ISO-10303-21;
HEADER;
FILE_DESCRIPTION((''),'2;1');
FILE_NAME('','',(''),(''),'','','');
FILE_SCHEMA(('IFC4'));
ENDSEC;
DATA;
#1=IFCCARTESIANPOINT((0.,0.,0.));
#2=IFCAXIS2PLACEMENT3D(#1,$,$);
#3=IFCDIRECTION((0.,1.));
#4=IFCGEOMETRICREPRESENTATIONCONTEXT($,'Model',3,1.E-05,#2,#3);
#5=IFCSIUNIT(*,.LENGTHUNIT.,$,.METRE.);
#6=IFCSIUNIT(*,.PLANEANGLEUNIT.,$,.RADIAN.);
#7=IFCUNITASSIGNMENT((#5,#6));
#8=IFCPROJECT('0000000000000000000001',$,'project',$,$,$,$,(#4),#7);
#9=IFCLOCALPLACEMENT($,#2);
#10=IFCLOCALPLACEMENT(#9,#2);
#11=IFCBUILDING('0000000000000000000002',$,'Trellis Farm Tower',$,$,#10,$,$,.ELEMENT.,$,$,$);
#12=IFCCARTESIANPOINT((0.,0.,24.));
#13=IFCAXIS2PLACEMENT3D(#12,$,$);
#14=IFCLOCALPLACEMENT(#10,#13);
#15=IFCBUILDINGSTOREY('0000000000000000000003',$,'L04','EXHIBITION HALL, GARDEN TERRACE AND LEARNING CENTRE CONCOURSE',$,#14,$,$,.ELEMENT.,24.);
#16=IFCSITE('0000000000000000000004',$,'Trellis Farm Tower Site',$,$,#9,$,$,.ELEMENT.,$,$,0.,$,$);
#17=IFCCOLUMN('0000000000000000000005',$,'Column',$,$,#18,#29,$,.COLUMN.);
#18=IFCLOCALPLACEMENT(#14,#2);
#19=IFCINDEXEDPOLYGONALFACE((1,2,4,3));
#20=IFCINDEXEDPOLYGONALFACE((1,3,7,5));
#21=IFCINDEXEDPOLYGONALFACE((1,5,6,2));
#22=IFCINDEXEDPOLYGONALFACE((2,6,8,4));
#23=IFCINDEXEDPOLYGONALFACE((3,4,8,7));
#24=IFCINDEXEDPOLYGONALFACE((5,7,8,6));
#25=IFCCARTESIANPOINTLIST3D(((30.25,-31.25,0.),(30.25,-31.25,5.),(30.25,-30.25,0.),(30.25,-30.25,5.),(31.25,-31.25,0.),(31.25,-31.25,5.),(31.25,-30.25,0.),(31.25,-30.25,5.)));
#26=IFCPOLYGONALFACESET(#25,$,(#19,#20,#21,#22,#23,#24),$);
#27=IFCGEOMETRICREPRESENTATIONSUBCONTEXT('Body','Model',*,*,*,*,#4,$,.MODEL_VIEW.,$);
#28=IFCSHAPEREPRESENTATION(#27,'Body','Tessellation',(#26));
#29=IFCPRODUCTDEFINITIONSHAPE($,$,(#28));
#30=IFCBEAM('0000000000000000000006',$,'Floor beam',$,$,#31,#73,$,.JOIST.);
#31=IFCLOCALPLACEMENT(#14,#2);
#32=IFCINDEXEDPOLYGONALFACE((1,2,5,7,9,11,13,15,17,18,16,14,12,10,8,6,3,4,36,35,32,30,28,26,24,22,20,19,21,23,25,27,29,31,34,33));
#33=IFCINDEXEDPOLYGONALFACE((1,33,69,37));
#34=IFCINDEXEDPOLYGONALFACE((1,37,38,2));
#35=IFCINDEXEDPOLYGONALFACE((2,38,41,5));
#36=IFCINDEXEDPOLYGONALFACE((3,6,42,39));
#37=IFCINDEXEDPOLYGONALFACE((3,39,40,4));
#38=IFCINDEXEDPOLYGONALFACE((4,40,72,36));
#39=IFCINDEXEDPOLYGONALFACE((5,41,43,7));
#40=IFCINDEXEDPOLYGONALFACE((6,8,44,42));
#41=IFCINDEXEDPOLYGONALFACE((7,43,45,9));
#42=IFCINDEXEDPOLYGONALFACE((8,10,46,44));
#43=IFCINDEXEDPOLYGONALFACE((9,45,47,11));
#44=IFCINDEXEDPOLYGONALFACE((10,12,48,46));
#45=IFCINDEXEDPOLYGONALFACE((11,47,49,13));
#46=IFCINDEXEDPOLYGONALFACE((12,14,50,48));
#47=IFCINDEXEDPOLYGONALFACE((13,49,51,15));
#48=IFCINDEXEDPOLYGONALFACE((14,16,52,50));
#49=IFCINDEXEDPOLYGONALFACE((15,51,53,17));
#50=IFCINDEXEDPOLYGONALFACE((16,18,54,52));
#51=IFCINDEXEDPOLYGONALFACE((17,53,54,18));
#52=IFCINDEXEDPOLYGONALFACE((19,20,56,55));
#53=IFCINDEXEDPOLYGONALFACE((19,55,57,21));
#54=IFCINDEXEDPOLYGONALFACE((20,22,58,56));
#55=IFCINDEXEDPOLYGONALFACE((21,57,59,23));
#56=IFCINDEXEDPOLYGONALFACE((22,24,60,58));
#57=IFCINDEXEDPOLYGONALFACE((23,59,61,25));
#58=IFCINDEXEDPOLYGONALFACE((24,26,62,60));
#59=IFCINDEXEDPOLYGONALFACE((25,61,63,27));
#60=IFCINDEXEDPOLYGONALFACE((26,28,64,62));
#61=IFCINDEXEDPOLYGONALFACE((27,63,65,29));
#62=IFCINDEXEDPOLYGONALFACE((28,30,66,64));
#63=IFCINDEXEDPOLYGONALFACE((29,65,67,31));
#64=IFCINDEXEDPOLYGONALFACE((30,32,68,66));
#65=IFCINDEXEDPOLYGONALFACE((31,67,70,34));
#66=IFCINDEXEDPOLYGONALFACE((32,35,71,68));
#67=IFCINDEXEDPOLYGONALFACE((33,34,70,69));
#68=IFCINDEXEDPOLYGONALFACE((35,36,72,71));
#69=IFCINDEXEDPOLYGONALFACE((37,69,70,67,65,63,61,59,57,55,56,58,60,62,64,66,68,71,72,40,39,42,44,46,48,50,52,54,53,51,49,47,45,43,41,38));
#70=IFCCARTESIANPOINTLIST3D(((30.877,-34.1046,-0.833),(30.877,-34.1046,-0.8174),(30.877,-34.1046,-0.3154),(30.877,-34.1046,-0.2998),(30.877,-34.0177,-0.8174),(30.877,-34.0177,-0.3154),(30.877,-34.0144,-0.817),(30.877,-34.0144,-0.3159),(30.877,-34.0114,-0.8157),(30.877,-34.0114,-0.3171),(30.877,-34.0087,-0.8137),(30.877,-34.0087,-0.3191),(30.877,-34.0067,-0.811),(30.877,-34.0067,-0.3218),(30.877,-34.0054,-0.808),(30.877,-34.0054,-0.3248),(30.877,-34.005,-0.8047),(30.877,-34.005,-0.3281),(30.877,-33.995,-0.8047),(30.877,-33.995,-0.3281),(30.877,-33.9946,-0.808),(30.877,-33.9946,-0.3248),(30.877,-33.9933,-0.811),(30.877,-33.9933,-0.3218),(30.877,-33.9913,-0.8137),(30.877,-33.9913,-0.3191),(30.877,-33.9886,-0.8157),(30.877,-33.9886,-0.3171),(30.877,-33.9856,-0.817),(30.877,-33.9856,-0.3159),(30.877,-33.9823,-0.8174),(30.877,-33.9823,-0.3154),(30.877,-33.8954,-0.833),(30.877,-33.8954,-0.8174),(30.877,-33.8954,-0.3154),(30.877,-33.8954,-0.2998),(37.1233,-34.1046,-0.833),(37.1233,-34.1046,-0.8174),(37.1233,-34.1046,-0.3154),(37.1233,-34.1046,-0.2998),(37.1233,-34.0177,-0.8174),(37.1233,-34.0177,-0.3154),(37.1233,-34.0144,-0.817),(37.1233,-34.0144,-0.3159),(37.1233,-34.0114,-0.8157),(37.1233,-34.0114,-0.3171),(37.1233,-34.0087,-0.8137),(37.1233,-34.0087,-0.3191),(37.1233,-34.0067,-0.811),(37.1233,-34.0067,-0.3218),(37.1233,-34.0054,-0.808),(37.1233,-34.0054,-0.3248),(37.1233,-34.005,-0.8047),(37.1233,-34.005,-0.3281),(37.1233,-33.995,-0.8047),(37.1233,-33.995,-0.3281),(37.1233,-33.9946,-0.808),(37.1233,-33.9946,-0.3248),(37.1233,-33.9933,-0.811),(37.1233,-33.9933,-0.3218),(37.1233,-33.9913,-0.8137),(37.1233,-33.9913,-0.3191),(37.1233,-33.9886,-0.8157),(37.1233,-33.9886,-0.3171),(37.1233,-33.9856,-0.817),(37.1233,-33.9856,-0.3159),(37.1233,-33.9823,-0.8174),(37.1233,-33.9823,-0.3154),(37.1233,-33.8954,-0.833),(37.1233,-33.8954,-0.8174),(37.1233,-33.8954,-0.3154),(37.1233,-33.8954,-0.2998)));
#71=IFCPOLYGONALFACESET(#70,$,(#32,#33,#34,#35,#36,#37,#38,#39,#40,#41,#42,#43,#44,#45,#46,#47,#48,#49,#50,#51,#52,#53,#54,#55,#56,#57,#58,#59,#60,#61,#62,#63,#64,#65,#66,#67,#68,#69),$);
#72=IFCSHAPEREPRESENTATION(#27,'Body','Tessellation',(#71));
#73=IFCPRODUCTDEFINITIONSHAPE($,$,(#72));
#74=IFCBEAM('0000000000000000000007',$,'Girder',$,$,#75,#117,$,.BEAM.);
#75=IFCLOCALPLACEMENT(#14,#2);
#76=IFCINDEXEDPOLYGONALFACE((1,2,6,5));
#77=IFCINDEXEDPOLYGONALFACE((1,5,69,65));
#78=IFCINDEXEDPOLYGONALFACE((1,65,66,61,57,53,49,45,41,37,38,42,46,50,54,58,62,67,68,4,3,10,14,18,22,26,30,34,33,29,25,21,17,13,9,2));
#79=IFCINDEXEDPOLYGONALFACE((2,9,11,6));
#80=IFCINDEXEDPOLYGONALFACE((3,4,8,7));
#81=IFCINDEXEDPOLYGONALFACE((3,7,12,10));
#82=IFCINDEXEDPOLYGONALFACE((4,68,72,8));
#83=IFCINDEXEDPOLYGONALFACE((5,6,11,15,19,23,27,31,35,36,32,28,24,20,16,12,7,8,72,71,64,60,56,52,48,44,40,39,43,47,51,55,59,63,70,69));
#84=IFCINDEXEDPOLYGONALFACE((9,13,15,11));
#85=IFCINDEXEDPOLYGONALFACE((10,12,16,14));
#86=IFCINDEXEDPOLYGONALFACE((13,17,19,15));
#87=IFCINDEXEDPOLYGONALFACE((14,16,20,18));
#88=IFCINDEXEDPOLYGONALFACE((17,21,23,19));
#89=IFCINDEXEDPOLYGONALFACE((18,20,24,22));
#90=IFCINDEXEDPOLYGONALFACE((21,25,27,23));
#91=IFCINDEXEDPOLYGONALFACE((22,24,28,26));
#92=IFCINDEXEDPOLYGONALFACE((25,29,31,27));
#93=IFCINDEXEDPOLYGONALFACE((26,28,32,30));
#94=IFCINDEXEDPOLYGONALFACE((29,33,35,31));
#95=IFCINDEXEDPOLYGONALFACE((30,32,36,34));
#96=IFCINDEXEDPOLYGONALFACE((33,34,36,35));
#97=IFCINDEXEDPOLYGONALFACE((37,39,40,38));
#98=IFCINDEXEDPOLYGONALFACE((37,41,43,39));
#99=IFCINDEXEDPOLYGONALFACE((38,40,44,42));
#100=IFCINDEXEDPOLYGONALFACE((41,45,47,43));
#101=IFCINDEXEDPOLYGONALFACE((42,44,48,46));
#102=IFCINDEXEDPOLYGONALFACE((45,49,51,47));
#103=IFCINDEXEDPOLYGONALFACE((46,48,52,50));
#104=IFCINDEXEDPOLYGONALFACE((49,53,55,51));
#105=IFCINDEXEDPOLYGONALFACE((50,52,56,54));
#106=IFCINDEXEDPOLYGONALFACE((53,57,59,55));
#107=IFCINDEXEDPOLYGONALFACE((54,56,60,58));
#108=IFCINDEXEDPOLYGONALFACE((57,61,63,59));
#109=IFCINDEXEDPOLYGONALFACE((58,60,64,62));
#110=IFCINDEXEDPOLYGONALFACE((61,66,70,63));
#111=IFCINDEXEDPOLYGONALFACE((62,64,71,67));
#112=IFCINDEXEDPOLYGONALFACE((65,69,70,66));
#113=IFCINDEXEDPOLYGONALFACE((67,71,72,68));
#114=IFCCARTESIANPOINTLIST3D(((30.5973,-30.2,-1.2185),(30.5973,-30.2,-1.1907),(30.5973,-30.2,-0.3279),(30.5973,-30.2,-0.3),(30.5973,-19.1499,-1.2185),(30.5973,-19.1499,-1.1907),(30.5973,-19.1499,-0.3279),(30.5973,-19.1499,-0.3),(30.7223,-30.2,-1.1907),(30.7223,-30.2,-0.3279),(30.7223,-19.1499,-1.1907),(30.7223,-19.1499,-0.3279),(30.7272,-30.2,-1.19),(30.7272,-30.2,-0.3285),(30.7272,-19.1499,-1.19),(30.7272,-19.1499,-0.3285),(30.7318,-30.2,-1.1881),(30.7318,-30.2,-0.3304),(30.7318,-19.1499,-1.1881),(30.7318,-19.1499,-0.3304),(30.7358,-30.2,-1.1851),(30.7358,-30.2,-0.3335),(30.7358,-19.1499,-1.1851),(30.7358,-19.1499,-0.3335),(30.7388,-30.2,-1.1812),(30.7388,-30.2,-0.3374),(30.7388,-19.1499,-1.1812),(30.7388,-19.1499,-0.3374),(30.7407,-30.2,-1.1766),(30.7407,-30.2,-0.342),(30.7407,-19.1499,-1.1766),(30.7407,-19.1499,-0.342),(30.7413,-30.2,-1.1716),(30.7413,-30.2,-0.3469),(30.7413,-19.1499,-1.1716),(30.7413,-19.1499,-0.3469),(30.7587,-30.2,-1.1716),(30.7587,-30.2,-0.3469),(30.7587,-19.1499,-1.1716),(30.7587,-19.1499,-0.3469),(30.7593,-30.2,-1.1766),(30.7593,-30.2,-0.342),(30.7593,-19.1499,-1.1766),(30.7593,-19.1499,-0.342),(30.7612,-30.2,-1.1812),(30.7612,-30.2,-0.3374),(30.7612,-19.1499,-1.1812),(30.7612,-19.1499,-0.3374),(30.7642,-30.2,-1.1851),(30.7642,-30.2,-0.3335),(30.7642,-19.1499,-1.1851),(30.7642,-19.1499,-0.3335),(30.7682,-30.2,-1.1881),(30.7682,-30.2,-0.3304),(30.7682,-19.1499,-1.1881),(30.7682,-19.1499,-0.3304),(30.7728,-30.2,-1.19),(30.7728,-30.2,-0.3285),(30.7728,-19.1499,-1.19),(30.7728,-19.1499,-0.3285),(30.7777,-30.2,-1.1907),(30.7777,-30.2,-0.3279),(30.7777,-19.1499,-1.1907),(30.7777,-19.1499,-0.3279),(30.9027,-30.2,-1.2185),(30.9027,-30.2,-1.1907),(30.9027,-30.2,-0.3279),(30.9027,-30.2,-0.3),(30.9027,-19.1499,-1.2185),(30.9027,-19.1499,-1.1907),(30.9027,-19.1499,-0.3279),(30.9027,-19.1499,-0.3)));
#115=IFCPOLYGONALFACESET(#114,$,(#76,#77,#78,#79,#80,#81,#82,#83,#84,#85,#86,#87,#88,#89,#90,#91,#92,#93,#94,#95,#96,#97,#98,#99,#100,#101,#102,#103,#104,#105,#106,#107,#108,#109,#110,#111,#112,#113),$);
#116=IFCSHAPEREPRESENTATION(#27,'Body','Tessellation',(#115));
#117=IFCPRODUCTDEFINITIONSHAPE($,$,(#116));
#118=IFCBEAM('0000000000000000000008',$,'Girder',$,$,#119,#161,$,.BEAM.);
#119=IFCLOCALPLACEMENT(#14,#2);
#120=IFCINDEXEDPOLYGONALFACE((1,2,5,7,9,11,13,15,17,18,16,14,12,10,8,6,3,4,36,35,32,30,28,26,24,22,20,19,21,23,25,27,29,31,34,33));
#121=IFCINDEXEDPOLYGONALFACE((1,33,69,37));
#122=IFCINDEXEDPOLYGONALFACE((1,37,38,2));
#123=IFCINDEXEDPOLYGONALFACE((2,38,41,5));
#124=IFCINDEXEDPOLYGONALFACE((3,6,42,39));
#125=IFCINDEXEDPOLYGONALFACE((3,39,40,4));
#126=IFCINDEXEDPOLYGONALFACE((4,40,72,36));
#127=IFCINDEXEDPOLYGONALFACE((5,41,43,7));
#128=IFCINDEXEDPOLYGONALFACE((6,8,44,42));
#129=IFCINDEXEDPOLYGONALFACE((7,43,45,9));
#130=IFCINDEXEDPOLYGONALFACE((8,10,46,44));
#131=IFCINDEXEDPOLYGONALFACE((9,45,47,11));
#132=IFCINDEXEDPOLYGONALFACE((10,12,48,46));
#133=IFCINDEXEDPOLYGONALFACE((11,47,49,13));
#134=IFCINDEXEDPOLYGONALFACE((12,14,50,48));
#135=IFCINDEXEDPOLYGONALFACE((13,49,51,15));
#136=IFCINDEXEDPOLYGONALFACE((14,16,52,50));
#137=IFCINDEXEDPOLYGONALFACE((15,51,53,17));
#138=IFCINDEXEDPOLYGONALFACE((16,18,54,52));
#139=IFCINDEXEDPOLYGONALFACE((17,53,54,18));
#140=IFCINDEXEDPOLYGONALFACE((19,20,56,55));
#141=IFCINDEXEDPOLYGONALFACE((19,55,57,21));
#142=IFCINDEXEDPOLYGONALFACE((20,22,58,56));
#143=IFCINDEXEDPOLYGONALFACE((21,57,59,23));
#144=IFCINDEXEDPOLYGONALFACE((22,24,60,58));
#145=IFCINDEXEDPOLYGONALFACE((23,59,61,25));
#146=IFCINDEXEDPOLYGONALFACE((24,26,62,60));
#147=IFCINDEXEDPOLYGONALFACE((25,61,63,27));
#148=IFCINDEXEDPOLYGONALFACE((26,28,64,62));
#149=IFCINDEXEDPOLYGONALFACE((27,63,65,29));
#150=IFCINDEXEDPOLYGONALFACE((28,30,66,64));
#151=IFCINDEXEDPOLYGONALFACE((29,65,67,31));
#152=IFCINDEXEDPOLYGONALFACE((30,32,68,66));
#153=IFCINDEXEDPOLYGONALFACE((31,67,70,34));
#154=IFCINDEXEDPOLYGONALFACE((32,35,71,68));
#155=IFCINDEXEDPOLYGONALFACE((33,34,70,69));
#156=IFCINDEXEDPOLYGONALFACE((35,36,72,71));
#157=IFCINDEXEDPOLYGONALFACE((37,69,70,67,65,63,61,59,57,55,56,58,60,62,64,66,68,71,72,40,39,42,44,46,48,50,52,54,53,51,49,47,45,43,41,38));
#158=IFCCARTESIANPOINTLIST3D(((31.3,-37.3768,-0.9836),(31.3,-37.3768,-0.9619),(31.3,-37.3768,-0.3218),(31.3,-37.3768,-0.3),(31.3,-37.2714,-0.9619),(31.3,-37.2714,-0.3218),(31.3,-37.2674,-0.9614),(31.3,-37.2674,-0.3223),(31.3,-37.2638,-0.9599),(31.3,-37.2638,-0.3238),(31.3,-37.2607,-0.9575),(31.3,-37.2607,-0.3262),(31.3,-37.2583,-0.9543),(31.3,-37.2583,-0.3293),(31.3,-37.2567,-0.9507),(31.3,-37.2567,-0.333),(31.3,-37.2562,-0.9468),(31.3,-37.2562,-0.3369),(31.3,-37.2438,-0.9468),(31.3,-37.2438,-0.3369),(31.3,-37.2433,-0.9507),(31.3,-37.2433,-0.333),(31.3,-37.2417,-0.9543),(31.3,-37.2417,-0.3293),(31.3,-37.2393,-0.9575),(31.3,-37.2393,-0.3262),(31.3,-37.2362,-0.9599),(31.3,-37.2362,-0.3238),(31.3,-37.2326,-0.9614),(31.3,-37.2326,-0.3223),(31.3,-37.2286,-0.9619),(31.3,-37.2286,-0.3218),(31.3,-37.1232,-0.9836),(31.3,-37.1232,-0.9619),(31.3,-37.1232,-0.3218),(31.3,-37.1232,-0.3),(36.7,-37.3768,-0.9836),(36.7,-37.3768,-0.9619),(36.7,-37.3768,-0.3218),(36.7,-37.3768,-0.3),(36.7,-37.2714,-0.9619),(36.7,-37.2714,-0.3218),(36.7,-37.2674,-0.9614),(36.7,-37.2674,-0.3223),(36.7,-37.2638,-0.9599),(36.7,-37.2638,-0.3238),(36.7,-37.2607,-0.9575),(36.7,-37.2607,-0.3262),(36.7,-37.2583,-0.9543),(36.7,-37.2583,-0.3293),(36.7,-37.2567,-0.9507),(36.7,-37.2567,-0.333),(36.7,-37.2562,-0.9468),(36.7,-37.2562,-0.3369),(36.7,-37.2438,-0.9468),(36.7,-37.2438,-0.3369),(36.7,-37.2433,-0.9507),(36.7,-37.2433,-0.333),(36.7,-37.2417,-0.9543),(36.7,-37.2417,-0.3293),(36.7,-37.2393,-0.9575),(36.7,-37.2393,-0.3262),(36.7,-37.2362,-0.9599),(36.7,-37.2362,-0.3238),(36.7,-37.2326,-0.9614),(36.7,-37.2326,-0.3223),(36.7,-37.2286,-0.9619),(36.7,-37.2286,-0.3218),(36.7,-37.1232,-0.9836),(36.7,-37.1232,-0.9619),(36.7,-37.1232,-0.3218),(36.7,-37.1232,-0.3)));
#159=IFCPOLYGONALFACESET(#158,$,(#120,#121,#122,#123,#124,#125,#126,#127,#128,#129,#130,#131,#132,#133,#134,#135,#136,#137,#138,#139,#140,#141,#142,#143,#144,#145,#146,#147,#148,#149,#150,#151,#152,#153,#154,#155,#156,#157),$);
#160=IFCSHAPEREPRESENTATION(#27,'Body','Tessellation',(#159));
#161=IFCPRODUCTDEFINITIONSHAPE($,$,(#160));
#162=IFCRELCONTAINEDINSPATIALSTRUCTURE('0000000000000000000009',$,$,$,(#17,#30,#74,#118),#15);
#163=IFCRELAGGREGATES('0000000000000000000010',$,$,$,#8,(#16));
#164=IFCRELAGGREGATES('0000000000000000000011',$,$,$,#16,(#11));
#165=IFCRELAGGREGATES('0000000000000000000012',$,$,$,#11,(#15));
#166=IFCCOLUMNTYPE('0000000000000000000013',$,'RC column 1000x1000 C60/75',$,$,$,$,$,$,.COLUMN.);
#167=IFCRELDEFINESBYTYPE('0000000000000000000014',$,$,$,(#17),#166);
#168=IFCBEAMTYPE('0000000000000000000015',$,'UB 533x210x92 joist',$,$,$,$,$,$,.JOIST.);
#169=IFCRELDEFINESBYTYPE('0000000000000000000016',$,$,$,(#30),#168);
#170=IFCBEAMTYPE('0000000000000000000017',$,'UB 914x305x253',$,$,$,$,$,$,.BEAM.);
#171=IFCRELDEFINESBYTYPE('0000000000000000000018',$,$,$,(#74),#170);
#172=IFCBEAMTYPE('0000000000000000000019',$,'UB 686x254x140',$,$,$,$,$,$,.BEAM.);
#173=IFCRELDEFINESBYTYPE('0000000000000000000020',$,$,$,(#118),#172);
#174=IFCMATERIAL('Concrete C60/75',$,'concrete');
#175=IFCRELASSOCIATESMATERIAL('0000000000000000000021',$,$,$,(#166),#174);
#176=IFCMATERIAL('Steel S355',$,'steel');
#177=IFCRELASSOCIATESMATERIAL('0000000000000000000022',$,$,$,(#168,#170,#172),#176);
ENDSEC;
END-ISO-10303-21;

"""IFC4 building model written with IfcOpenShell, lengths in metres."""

from ifc_helpers import new_model, si_unit, direction, frame, origin, origin_2d, place, context, subcontext, project, spatial, rectangle, i_section, extrude, source, transform, mapped, material, material_profile, profile_set, type_object, element, save


model = new_model("IFC4")

# Units and contexts
model_context = context("Model", 3, precision=1e-05, world=origin(), true_north=direction((0.0, 1.0)))
body_context = subcontext(model_context, "Body", "Model", "MODEL_VIEW")
ifc_project = project(units=[si_unit("LENGTHUNIT", "METRE"), si_unit("PLANEANGLEUNIT", "RADIAN")], contexts=[model_context])

# Site, building, storey
site_placement = place(None, origin())
site = spatial("IfcSite", under=ifc_project, at=site_placement, Name="Trellis Farm Tower Site", CompositionType="ELEMENT", RefElevation=0.0)
building_placement = place(site_placement, origin())
building = spatial("IfcBuilding", under=site, at=building_placement, Name="Trellis Farm Tower", CompositionType="ELEMENT")
storey_placement = place(building_placement, frame((0.0, 0.0, 24.0)))
storey = spatial("IfcBuildingStorey", under=building, at=storey_placement, Name="L04", Description="EXHIBITION HALL, GARDEN TERRACE AND LEARNING CENTRE CONCOURSE", CompositionType="ELEMENT", Elevation=24.0)

# Column
ifc_material_1 = material(Name="Concrete C60/75", Category="concrete")
ifc_material_profile_1 = material_profile(ifc_material_1, rectangle(XDim=1.0, YDim=1.0, at=origin_2d()), Name="RC column 1000x1000 C60/75")
ifc_profile_set_1 = profile_set([ifc_material_profile_1], Name="Concrete C60/75")
column_type = type_object("IfcColumnType", Name="RC column 1000x1000 C60/75", PredefinedType="COLUMN", material=ifc_profile_set_1)
shared_shape_1 = source(origin(), body_context, "Body", "SweptSolid", [
    extrude(rectangle(XDim=1.0, YDim=1.0, at=origin_2d()), origin(), (0.0, 0.0, 1.0), 5.0),
])
column_placement = place(storey_placement, frame((30.75, -30.75, 0.0), z_axis=(0.0, 0.0, 1.0), x_axis=(1.0, 0.0, 0.0)))
element("IfcColumn", 1, at=column_placement, inside=storey, type_object=column_type, Name="Column", PredefinedType="COLUMN", context=body_context, shape_type="MappedRepresentation", body=[
    mapped(shared_shape_1, transform((0.0, 0.0, 0.0))),
])

# Beams
ifc_material_2 = material(Name="Steel S355", Category="steel")
ifc_material_profile_2 = material_profile(ifc_material_2, i_section(OverallWidth=0.2092, OverallDepth=0.5332, WebThickness=0.01, FlangeThickness=0.0156, FilletRadius=0.0127, at=origin_2d()), Name="UB 533x210x92")
ifc_profile_set_2 = profile_set([ifc_material_profile_2], Name="Steel S355")
beam_type_1 = type_object("IfcBeamType", Name="UB 533x210x92 joist", PredefinedType="JOIST", material=ifc_profile_set_2)
shared_shape_2 = source(origin(), body_context, "Body", "SweptSolid", [
    extrude(i_section(OverallWidth=0.2092, OverallDepth=0.5332, WebThickness=0.01, FlangeThickness=0.0156, FilletRadius=0.0127, at=origin_2d()), origin(), (0.0, 0.0, 1.0), 6.2463),
])
beam_1_placement = place(storey_placement, frame((30.877, -34.0, -0.5664), z_axis=(1.0, 0.0, 0.0), x_axis=(0.0, 1.0, 0.0)))
element("IfcBeam", 2, at=beam_1_placement, inside=storey, type_object=beam_type_1, Name="Floor beam", PredefinedType="JOIST", context=body_context, shape_type="MappedRepresentation", body=[
    mapped(shared_shape_2, transform((0.0, 0.0, 0.0))),
])
ifc_material_profile_3 = material_profile(ifc_material_2, i_section(OverallWidth=0.3054, OverallDepth=0.9185, WebThickness=0.0173, FlangeThickness=0.0278, FilletRadius=0.019, at=origin_2d()), Name="UB 914x305x253")
ifc_profile_set_3 = profile_set([ifc_material_profile_3], Name="Steel S355")
beam_type_2 = type_object("IfcBeamType", Name="UB 914x305x253", PredefinedType="BEAM", material=ifc_profile_set_3)
shared_shape_3 = source(origin(), body_context, "Body", "SweptSolid", [
    extrude(i_section(OverallWidth=0.3054, OverallDepth=0.9185, WebThickness=0.0173, FlangeThickness=0.0278, FilletRadius=0.019, at=origin_2d()), origin(), (0.0, 0.0, 1.0), 11.05),
])
beam_2_placement = place(storey_placement, frame((30.75, -30.2, -0.7593), z_axis=(0.0, 1.0, 0.0), x_axis=(-1.0, 0.0, 0.0)))
element("IfcBeam", 3, at=beam_2_placement, inside=storey, type_object=beam_type_2, Name="Girder", PredefinedType="BEAM", context=body_context, shape_type="MappedRepresentation", body=[
    mapped(shared_shape_3, transform((0.0, 0.0, 0.0))),
])
ifc_material_profile_4 = material_profile(ifc_material_2, i_section(OverallWidth=0.2537, OverallDepth=0.6836, WebThickness=0.0125, FlangeThickness=0.0217, FilletRadius=0.0151, at=origin_2d()), Name="UB 686x254x140")
ifc_profile_set_4 = profile_set([ifc_material_profile_4], Name="Steel S355")
beam_type_3 = type_object("IfcBeamType", Name="UB 686x254x140", PredefinedType="BEAM", material=ifc_profile_set_4)
shared_shape_4 = source(origin(), body_context, "Body", "SweptSolid", [
    extrude(i_section(OverallWidth=0.2537, OverallDepth=0.6836, WebThickness=0.0125, FlangeThickness=0.0217, FilletRadius=0.0151, at=origin_2d()), origin(), (0.0, 0.0, 1.0), 5.3999),
])
for number, where, z_axis, x_axis, name in (
    (4, (31.3, -37.25, -0.6418), (1.0, 0.0, 0.0), (0.0, 1.0, 0.0), "Girder"),
):
    element("IfcBeam", number, at=place(storey_placement, frame(where, z_axis=z_axis, x_axis=x_axis)), inside=storey, type_object=beam_type_3, Name=name, PredefinedType="BEAM", context=body_context, shape_type="MappedRepresentation", body=[
        mapped(shared_shape_4, transform((0.0, 0.0, 0.0))),
    ])

save(model, "model.ifc")
